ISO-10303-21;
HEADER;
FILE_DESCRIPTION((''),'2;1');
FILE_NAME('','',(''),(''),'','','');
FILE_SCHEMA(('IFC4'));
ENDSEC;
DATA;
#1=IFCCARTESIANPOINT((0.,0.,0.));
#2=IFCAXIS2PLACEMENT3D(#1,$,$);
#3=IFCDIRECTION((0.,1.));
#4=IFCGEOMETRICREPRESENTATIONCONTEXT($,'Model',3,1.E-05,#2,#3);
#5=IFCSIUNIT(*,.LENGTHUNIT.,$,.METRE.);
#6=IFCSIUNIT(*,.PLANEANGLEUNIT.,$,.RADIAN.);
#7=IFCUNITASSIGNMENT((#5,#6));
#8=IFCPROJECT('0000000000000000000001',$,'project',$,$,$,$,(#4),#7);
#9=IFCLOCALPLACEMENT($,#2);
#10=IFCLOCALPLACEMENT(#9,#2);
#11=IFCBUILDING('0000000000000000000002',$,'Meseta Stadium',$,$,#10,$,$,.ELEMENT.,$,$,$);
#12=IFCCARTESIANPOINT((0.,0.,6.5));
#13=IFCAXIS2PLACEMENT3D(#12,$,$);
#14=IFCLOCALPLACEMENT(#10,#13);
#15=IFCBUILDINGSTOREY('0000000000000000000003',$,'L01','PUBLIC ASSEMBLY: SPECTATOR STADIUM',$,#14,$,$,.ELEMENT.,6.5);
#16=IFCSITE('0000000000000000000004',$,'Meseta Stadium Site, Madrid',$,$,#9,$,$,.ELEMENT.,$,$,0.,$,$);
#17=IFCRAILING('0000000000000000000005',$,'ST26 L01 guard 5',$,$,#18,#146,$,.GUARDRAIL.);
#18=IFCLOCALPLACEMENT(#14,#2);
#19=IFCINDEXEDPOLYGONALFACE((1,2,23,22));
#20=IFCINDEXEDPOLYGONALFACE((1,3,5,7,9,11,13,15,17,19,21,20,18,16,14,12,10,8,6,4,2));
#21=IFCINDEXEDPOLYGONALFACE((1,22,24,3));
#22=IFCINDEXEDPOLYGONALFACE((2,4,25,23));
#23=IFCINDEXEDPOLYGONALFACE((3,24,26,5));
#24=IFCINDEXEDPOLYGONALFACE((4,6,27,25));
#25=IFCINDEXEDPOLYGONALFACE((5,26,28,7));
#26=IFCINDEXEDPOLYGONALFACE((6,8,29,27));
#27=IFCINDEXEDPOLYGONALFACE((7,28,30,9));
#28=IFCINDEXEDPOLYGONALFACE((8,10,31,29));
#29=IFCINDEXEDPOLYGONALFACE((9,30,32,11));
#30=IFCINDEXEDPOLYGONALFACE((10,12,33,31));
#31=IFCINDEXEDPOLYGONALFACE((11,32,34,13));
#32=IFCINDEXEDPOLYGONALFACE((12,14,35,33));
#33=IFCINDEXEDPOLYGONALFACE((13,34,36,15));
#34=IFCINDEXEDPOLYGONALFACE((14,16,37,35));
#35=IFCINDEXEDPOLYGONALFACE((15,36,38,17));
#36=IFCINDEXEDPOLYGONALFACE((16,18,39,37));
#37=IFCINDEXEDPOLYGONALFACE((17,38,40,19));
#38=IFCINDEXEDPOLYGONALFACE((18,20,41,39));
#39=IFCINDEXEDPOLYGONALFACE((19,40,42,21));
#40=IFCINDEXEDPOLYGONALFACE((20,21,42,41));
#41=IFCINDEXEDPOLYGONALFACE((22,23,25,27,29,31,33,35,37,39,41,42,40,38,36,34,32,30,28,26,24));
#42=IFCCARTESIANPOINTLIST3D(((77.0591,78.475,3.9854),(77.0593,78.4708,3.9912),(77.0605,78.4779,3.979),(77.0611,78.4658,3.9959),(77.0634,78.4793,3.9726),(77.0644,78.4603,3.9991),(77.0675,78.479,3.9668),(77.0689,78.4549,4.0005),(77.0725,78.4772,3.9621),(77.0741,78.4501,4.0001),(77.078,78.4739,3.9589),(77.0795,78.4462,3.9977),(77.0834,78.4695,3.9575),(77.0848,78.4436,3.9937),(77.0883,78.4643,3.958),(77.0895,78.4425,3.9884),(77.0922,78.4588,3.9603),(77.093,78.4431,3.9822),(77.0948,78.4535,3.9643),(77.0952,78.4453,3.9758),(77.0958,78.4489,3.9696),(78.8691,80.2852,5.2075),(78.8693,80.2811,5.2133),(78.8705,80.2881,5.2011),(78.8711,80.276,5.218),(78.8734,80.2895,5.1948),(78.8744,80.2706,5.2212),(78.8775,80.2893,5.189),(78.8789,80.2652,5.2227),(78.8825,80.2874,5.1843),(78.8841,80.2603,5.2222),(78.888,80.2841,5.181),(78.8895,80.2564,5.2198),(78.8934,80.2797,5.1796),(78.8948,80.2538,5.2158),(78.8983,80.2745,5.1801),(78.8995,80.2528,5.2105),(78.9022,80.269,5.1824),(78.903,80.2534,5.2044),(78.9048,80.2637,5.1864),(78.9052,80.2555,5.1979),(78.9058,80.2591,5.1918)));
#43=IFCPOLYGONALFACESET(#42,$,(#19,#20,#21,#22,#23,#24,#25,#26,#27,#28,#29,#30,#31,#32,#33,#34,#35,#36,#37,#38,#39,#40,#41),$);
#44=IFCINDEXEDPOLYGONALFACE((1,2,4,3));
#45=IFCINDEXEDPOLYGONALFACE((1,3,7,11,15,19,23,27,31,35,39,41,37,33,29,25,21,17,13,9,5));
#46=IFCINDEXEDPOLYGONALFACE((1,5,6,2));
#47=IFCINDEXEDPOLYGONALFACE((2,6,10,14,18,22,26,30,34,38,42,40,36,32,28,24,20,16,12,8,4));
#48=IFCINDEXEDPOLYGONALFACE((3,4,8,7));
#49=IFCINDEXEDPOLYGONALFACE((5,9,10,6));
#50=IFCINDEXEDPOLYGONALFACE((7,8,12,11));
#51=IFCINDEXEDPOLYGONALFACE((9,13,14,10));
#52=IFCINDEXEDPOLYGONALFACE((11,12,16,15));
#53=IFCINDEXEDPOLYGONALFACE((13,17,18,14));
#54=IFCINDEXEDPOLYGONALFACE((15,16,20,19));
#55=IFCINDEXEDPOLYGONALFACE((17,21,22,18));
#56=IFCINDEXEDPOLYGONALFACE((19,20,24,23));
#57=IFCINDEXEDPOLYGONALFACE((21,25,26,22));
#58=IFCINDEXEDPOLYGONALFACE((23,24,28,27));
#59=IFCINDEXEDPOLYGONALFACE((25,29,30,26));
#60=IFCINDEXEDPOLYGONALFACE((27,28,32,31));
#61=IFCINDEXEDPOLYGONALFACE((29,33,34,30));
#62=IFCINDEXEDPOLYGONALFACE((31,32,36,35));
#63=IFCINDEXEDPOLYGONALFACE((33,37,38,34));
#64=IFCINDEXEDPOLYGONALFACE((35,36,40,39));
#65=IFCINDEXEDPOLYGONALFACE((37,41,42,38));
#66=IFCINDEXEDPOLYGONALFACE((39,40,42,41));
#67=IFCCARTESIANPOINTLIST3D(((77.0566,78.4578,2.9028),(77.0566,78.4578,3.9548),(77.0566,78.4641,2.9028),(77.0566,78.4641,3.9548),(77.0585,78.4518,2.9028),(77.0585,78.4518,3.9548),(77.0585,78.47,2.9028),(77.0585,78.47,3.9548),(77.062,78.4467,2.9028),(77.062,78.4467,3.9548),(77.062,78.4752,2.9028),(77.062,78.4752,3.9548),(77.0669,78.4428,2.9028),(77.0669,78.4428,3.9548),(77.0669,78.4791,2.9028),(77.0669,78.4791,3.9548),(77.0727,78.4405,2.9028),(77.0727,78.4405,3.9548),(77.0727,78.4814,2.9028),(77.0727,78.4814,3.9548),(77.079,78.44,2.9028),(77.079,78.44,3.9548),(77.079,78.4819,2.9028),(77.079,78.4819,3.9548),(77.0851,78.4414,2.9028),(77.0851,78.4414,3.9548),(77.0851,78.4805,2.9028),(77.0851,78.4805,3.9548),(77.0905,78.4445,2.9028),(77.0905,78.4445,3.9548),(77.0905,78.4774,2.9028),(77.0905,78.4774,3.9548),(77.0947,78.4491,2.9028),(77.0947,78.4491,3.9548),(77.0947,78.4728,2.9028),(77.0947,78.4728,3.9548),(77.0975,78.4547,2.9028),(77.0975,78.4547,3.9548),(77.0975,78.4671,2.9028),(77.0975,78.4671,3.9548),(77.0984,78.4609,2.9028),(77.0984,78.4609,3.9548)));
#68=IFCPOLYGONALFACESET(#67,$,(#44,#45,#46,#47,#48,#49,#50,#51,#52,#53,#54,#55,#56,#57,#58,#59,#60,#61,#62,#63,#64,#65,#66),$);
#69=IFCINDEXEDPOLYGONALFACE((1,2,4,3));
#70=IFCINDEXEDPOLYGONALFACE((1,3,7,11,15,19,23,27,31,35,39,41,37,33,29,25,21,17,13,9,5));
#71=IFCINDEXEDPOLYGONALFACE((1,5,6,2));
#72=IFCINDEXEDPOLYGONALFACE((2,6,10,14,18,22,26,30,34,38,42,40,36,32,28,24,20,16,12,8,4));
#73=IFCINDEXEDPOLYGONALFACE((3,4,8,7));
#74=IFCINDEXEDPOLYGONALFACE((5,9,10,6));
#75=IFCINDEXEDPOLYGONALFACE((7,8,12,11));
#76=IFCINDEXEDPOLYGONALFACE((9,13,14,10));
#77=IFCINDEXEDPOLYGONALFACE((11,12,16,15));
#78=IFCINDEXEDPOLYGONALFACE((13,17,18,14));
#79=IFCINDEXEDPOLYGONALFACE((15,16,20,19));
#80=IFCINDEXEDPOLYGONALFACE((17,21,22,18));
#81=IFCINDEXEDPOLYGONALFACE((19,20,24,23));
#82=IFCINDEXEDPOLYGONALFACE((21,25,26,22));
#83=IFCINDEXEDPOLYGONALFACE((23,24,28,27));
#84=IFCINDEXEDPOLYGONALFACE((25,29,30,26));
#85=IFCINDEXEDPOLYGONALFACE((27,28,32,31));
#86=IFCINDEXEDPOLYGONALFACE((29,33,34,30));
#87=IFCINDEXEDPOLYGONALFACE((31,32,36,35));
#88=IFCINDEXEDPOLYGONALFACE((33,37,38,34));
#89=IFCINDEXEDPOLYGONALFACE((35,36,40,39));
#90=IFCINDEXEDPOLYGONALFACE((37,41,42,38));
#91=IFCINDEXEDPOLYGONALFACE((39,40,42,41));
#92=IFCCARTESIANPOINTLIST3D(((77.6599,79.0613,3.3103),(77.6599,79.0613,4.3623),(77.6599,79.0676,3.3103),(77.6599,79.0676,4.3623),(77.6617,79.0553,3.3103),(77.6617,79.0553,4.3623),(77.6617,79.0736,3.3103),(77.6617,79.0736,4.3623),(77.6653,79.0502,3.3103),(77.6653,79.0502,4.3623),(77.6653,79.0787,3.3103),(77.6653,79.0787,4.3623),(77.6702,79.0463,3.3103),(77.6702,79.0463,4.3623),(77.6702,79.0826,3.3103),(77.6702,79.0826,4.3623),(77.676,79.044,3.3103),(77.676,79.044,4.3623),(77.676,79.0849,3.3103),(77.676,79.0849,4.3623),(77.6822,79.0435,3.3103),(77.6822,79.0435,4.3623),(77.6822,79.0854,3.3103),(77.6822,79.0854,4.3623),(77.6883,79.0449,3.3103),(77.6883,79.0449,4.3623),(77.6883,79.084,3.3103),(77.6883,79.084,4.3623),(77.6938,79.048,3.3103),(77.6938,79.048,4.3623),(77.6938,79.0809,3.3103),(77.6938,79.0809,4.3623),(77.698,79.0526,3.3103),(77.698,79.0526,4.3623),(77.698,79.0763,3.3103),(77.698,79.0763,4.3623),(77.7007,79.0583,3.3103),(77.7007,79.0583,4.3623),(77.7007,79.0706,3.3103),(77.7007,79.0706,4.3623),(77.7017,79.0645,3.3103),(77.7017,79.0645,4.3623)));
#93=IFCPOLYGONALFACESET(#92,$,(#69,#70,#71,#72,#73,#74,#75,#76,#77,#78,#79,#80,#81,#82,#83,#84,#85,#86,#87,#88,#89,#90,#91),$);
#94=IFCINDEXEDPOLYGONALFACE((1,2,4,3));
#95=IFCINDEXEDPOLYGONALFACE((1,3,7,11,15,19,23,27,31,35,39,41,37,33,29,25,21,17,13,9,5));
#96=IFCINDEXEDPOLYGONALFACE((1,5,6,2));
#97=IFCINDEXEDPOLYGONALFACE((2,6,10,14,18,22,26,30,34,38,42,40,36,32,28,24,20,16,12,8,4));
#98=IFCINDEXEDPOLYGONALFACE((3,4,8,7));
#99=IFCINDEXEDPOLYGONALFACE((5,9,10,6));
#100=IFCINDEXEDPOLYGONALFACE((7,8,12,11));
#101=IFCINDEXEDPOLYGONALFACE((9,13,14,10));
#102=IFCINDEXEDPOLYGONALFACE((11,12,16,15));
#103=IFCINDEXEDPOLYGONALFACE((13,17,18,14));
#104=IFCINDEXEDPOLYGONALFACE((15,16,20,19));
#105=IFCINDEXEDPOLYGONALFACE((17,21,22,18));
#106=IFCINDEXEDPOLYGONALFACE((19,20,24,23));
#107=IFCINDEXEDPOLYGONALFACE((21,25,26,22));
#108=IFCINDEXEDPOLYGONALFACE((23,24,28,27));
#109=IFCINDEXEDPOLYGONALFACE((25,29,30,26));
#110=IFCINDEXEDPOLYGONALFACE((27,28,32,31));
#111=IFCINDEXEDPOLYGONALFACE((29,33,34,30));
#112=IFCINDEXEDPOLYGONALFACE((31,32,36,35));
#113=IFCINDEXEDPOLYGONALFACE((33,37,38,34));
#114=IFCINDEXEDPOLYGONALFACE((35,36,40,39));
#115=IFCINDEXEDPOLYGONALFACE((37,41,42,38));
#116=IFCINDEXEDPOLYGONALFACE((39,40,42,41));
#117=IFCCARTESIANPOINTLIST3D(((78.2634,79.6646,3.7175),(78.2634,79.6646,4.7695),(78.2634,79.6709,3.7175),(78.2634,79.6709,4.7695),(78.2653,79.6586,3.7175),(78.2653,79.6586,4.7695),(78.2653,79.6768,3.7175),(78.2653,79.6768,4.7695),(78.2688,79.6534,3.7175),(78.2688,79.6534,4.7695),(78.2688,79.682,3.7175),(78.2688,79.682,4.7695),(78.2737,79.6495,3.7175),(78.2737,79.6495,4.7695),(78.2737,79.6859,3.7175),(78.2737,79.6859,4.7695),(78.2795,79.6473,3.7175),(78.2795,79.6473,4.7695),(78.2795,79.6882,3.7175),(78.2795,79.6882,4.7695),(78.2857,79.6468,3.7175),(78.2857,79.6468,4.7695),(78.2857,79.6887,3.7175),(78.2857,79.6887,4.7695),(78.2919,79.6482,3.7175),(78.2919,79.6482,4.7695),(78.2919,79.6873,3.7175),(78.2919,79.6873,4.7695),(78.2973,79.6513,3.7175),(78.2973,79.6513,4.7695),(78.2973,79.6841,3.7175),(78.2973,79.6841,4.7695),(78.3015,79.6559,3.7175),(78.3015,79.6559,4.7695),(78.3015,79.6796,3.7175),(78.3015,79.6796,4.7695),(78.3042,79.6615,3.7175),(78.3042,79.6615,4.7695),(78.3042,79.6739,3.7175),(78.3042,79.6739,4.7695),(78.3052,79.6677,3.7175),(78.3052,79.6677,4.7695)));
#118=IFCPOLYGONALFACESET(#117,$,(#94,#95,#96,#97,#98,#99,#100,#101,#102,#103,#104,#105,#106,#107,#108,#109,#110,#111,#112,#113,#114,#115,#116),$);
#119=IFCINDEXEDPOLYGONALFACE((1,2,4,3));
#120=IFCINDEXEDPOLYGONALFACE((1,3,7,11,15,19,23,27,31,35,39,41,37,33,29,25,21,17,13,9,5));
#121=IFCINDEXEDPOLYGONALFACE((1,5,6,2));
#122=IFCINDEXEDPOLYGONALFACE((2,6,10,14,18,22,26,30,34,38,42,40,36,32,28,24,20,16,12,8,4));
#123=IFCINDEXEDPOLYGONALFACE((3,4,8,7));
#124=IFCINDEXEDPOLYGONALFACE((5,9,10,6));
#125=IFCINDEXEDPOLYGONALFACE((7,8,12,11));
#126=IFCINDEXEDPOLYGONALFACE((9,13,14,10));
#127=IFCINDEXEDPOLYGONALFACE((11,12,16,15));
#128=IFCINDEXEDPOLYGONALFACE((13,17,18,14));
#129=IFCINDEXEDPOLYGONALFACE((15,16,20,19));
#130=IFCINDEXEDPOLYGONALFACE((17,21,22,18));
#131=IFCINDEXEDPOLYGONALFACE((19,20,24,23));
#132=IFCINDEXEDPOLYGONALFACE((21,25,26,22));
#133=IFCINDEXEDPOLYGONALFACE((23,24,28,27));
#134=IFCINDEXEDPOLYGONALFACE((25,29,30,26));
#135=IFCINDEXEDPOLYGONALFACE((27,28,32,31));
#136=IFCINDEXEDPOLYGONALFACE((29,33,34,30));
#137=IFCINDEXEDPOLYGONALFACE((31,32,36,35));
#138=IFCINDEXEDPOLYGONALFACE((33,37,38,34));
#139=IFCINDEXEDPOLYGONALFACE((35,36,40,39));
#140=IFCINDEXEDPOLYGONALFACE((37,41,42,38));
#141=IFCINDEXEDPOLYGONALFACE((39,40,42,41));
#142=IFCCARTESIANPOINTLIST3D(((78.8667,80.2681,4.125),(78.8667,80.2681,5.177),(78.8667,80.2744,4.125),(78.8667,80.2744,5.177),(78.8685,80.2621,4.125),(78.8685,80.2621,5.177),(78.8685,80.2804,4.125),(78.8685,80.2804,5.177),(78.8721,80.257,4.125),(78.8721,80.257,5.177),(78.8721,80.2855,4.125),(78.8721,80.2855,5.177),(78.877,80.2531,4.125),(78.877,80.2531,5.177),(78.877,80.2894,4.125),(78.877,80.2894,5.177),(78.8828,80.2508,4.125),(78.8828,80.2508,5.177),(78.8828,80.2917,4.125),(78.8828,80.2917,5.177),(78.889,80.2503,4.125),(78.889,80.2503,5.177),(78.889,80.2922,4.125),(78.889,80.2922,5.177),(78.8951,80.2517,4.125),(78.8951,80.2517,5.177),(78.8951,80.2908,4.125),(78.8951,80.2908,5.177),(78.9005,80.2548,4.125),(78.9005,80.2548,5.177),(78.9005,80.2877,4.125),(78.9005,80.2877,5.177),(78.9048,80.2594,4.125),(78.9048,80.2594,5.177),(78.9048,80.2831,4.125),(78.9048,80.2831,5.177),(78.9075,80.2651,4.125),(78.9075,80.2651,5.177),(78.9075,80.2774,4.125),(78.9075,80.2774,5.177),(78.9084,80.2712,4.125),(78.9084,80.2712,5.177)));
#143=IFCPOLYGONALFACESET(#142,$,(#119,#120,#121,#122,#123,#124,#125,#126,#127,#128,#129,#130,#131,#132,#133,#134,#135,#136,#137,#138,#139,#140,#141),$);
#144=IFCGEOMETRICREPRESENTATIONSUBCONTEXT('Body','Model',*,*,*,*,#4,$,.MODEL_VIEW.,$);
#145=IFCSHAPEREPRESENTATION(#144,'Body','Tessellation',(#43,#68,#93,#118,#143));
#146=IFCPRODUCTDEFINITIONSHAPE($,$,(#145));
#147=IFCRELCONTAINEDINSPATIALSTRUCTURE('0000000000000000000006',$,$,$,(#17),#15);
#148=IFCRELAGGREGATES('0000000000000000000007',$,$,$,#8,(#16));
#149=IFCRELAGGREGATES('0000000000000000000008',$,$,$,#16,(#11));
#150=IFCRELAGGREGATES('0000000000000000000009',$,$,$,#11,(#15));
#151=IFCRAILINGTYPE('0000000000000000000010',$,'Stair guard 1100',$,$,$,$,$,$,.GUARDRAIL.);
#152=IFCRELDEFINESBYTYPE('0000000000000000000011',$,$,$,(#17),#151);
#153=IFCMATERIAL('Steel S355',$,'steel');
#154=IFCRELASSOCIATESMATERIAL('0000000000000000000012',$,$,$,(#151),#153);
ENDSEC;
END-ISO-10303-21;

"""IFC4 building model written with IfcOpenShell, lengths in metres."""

from ifc_helpers import new_model, si_unit, direction, frame, origin, origin_2d, place, context, subcontext, project, spatial, circle, extrude, material, type_object, element, save


model = new_model("IFC4")

# Units and contexts
model_context = context("Model", 3, precision=1e-05, world=origin(), true_north=direction((0.0, 1.0)))
body_context = subcontext(model_context, "Body", "Model", "MODEL_VIEW")
ifc_project = project(units=[si_unit("LENGTHUNIT", "METRE"), si_unit("PLANEANGLEUNIT", "RADIAN")], contexts=[model_context])

# Site, building, storey
site_placement = place(None, origin())
site = spatial("IfcSite", under=ifc_project, at=site_placement, Name="Meseta Stadium Site, Madrid", CompositionType="ELEMENT", RefElevation=0.0)
building_placement = place(site_placement, origin())
building = spatial("IfcBuilding", under=site, at=building_placement, Name="Meseta Stadium", CompositionType="ELEMENT")
storey_placement = place(building_placement, frame((0.0, 0.0, 6.5)))
storey = spatial("IfcBuildingStorey", under=building, at=storey_placement, Name="L01", Description="PUBLIC ASSEMBLY: SPECTATOR STADIUM", CompositionType="ELEMENT", Elevation=6.5)

# Railing
ifc_material_1 = material(Name="Steel S355", Category="steel")
railing_type_1 = type_object("IfcRailingType", Name="Stair guard 1100", PredefinedType="GUARDRAIL", material=ifc_material_1)
railing_1_placement = place(storey_placement, frame((77.0774, 78.4609, 2.9028)))
element("IfcRailing", 1, at=railing_1_placement, inside=storey, type_object=railing_type_1, Name="ST26 L01 guard 5", PredefinedType="GUARDRAIL", context=body_context, shape_type="SweptSolid", body=[
    extrude(circle(Radius=0.0239, at=origin_2d()), frame((0.0, 0.0, 1.0762), z_axis=(0.638073, 0.638159, 0.430832), x_axis=(-0.707154, 0.707059, 0.0)), (0.0, 0.0, 1.0), 2.8367),
    extrude(circle(Radius=0.021, at=origin_2d()), origin(), (0.0, 0.0, 1.0), 1.052),
    extrude(circle(Radius=0.021, at=origin_2d()), frame((0.6033, 0.6035, 0.4075)), (0.0, 0.0, 1.0), 1.052),
    extrude(circle(Radius=0.021, at=origin_2d()), frame((1.2068, 1.2068, 0.8147)), (0.0, 0.0, 1.0), 1.052),
    extrude(circle(Radius=0.021, at=origin_2d()), frame((1.8101, 1.8103, 1.2222)), (0.0, 0.0, 1.0), 1.052),
])

save(model, "model.ifc")
